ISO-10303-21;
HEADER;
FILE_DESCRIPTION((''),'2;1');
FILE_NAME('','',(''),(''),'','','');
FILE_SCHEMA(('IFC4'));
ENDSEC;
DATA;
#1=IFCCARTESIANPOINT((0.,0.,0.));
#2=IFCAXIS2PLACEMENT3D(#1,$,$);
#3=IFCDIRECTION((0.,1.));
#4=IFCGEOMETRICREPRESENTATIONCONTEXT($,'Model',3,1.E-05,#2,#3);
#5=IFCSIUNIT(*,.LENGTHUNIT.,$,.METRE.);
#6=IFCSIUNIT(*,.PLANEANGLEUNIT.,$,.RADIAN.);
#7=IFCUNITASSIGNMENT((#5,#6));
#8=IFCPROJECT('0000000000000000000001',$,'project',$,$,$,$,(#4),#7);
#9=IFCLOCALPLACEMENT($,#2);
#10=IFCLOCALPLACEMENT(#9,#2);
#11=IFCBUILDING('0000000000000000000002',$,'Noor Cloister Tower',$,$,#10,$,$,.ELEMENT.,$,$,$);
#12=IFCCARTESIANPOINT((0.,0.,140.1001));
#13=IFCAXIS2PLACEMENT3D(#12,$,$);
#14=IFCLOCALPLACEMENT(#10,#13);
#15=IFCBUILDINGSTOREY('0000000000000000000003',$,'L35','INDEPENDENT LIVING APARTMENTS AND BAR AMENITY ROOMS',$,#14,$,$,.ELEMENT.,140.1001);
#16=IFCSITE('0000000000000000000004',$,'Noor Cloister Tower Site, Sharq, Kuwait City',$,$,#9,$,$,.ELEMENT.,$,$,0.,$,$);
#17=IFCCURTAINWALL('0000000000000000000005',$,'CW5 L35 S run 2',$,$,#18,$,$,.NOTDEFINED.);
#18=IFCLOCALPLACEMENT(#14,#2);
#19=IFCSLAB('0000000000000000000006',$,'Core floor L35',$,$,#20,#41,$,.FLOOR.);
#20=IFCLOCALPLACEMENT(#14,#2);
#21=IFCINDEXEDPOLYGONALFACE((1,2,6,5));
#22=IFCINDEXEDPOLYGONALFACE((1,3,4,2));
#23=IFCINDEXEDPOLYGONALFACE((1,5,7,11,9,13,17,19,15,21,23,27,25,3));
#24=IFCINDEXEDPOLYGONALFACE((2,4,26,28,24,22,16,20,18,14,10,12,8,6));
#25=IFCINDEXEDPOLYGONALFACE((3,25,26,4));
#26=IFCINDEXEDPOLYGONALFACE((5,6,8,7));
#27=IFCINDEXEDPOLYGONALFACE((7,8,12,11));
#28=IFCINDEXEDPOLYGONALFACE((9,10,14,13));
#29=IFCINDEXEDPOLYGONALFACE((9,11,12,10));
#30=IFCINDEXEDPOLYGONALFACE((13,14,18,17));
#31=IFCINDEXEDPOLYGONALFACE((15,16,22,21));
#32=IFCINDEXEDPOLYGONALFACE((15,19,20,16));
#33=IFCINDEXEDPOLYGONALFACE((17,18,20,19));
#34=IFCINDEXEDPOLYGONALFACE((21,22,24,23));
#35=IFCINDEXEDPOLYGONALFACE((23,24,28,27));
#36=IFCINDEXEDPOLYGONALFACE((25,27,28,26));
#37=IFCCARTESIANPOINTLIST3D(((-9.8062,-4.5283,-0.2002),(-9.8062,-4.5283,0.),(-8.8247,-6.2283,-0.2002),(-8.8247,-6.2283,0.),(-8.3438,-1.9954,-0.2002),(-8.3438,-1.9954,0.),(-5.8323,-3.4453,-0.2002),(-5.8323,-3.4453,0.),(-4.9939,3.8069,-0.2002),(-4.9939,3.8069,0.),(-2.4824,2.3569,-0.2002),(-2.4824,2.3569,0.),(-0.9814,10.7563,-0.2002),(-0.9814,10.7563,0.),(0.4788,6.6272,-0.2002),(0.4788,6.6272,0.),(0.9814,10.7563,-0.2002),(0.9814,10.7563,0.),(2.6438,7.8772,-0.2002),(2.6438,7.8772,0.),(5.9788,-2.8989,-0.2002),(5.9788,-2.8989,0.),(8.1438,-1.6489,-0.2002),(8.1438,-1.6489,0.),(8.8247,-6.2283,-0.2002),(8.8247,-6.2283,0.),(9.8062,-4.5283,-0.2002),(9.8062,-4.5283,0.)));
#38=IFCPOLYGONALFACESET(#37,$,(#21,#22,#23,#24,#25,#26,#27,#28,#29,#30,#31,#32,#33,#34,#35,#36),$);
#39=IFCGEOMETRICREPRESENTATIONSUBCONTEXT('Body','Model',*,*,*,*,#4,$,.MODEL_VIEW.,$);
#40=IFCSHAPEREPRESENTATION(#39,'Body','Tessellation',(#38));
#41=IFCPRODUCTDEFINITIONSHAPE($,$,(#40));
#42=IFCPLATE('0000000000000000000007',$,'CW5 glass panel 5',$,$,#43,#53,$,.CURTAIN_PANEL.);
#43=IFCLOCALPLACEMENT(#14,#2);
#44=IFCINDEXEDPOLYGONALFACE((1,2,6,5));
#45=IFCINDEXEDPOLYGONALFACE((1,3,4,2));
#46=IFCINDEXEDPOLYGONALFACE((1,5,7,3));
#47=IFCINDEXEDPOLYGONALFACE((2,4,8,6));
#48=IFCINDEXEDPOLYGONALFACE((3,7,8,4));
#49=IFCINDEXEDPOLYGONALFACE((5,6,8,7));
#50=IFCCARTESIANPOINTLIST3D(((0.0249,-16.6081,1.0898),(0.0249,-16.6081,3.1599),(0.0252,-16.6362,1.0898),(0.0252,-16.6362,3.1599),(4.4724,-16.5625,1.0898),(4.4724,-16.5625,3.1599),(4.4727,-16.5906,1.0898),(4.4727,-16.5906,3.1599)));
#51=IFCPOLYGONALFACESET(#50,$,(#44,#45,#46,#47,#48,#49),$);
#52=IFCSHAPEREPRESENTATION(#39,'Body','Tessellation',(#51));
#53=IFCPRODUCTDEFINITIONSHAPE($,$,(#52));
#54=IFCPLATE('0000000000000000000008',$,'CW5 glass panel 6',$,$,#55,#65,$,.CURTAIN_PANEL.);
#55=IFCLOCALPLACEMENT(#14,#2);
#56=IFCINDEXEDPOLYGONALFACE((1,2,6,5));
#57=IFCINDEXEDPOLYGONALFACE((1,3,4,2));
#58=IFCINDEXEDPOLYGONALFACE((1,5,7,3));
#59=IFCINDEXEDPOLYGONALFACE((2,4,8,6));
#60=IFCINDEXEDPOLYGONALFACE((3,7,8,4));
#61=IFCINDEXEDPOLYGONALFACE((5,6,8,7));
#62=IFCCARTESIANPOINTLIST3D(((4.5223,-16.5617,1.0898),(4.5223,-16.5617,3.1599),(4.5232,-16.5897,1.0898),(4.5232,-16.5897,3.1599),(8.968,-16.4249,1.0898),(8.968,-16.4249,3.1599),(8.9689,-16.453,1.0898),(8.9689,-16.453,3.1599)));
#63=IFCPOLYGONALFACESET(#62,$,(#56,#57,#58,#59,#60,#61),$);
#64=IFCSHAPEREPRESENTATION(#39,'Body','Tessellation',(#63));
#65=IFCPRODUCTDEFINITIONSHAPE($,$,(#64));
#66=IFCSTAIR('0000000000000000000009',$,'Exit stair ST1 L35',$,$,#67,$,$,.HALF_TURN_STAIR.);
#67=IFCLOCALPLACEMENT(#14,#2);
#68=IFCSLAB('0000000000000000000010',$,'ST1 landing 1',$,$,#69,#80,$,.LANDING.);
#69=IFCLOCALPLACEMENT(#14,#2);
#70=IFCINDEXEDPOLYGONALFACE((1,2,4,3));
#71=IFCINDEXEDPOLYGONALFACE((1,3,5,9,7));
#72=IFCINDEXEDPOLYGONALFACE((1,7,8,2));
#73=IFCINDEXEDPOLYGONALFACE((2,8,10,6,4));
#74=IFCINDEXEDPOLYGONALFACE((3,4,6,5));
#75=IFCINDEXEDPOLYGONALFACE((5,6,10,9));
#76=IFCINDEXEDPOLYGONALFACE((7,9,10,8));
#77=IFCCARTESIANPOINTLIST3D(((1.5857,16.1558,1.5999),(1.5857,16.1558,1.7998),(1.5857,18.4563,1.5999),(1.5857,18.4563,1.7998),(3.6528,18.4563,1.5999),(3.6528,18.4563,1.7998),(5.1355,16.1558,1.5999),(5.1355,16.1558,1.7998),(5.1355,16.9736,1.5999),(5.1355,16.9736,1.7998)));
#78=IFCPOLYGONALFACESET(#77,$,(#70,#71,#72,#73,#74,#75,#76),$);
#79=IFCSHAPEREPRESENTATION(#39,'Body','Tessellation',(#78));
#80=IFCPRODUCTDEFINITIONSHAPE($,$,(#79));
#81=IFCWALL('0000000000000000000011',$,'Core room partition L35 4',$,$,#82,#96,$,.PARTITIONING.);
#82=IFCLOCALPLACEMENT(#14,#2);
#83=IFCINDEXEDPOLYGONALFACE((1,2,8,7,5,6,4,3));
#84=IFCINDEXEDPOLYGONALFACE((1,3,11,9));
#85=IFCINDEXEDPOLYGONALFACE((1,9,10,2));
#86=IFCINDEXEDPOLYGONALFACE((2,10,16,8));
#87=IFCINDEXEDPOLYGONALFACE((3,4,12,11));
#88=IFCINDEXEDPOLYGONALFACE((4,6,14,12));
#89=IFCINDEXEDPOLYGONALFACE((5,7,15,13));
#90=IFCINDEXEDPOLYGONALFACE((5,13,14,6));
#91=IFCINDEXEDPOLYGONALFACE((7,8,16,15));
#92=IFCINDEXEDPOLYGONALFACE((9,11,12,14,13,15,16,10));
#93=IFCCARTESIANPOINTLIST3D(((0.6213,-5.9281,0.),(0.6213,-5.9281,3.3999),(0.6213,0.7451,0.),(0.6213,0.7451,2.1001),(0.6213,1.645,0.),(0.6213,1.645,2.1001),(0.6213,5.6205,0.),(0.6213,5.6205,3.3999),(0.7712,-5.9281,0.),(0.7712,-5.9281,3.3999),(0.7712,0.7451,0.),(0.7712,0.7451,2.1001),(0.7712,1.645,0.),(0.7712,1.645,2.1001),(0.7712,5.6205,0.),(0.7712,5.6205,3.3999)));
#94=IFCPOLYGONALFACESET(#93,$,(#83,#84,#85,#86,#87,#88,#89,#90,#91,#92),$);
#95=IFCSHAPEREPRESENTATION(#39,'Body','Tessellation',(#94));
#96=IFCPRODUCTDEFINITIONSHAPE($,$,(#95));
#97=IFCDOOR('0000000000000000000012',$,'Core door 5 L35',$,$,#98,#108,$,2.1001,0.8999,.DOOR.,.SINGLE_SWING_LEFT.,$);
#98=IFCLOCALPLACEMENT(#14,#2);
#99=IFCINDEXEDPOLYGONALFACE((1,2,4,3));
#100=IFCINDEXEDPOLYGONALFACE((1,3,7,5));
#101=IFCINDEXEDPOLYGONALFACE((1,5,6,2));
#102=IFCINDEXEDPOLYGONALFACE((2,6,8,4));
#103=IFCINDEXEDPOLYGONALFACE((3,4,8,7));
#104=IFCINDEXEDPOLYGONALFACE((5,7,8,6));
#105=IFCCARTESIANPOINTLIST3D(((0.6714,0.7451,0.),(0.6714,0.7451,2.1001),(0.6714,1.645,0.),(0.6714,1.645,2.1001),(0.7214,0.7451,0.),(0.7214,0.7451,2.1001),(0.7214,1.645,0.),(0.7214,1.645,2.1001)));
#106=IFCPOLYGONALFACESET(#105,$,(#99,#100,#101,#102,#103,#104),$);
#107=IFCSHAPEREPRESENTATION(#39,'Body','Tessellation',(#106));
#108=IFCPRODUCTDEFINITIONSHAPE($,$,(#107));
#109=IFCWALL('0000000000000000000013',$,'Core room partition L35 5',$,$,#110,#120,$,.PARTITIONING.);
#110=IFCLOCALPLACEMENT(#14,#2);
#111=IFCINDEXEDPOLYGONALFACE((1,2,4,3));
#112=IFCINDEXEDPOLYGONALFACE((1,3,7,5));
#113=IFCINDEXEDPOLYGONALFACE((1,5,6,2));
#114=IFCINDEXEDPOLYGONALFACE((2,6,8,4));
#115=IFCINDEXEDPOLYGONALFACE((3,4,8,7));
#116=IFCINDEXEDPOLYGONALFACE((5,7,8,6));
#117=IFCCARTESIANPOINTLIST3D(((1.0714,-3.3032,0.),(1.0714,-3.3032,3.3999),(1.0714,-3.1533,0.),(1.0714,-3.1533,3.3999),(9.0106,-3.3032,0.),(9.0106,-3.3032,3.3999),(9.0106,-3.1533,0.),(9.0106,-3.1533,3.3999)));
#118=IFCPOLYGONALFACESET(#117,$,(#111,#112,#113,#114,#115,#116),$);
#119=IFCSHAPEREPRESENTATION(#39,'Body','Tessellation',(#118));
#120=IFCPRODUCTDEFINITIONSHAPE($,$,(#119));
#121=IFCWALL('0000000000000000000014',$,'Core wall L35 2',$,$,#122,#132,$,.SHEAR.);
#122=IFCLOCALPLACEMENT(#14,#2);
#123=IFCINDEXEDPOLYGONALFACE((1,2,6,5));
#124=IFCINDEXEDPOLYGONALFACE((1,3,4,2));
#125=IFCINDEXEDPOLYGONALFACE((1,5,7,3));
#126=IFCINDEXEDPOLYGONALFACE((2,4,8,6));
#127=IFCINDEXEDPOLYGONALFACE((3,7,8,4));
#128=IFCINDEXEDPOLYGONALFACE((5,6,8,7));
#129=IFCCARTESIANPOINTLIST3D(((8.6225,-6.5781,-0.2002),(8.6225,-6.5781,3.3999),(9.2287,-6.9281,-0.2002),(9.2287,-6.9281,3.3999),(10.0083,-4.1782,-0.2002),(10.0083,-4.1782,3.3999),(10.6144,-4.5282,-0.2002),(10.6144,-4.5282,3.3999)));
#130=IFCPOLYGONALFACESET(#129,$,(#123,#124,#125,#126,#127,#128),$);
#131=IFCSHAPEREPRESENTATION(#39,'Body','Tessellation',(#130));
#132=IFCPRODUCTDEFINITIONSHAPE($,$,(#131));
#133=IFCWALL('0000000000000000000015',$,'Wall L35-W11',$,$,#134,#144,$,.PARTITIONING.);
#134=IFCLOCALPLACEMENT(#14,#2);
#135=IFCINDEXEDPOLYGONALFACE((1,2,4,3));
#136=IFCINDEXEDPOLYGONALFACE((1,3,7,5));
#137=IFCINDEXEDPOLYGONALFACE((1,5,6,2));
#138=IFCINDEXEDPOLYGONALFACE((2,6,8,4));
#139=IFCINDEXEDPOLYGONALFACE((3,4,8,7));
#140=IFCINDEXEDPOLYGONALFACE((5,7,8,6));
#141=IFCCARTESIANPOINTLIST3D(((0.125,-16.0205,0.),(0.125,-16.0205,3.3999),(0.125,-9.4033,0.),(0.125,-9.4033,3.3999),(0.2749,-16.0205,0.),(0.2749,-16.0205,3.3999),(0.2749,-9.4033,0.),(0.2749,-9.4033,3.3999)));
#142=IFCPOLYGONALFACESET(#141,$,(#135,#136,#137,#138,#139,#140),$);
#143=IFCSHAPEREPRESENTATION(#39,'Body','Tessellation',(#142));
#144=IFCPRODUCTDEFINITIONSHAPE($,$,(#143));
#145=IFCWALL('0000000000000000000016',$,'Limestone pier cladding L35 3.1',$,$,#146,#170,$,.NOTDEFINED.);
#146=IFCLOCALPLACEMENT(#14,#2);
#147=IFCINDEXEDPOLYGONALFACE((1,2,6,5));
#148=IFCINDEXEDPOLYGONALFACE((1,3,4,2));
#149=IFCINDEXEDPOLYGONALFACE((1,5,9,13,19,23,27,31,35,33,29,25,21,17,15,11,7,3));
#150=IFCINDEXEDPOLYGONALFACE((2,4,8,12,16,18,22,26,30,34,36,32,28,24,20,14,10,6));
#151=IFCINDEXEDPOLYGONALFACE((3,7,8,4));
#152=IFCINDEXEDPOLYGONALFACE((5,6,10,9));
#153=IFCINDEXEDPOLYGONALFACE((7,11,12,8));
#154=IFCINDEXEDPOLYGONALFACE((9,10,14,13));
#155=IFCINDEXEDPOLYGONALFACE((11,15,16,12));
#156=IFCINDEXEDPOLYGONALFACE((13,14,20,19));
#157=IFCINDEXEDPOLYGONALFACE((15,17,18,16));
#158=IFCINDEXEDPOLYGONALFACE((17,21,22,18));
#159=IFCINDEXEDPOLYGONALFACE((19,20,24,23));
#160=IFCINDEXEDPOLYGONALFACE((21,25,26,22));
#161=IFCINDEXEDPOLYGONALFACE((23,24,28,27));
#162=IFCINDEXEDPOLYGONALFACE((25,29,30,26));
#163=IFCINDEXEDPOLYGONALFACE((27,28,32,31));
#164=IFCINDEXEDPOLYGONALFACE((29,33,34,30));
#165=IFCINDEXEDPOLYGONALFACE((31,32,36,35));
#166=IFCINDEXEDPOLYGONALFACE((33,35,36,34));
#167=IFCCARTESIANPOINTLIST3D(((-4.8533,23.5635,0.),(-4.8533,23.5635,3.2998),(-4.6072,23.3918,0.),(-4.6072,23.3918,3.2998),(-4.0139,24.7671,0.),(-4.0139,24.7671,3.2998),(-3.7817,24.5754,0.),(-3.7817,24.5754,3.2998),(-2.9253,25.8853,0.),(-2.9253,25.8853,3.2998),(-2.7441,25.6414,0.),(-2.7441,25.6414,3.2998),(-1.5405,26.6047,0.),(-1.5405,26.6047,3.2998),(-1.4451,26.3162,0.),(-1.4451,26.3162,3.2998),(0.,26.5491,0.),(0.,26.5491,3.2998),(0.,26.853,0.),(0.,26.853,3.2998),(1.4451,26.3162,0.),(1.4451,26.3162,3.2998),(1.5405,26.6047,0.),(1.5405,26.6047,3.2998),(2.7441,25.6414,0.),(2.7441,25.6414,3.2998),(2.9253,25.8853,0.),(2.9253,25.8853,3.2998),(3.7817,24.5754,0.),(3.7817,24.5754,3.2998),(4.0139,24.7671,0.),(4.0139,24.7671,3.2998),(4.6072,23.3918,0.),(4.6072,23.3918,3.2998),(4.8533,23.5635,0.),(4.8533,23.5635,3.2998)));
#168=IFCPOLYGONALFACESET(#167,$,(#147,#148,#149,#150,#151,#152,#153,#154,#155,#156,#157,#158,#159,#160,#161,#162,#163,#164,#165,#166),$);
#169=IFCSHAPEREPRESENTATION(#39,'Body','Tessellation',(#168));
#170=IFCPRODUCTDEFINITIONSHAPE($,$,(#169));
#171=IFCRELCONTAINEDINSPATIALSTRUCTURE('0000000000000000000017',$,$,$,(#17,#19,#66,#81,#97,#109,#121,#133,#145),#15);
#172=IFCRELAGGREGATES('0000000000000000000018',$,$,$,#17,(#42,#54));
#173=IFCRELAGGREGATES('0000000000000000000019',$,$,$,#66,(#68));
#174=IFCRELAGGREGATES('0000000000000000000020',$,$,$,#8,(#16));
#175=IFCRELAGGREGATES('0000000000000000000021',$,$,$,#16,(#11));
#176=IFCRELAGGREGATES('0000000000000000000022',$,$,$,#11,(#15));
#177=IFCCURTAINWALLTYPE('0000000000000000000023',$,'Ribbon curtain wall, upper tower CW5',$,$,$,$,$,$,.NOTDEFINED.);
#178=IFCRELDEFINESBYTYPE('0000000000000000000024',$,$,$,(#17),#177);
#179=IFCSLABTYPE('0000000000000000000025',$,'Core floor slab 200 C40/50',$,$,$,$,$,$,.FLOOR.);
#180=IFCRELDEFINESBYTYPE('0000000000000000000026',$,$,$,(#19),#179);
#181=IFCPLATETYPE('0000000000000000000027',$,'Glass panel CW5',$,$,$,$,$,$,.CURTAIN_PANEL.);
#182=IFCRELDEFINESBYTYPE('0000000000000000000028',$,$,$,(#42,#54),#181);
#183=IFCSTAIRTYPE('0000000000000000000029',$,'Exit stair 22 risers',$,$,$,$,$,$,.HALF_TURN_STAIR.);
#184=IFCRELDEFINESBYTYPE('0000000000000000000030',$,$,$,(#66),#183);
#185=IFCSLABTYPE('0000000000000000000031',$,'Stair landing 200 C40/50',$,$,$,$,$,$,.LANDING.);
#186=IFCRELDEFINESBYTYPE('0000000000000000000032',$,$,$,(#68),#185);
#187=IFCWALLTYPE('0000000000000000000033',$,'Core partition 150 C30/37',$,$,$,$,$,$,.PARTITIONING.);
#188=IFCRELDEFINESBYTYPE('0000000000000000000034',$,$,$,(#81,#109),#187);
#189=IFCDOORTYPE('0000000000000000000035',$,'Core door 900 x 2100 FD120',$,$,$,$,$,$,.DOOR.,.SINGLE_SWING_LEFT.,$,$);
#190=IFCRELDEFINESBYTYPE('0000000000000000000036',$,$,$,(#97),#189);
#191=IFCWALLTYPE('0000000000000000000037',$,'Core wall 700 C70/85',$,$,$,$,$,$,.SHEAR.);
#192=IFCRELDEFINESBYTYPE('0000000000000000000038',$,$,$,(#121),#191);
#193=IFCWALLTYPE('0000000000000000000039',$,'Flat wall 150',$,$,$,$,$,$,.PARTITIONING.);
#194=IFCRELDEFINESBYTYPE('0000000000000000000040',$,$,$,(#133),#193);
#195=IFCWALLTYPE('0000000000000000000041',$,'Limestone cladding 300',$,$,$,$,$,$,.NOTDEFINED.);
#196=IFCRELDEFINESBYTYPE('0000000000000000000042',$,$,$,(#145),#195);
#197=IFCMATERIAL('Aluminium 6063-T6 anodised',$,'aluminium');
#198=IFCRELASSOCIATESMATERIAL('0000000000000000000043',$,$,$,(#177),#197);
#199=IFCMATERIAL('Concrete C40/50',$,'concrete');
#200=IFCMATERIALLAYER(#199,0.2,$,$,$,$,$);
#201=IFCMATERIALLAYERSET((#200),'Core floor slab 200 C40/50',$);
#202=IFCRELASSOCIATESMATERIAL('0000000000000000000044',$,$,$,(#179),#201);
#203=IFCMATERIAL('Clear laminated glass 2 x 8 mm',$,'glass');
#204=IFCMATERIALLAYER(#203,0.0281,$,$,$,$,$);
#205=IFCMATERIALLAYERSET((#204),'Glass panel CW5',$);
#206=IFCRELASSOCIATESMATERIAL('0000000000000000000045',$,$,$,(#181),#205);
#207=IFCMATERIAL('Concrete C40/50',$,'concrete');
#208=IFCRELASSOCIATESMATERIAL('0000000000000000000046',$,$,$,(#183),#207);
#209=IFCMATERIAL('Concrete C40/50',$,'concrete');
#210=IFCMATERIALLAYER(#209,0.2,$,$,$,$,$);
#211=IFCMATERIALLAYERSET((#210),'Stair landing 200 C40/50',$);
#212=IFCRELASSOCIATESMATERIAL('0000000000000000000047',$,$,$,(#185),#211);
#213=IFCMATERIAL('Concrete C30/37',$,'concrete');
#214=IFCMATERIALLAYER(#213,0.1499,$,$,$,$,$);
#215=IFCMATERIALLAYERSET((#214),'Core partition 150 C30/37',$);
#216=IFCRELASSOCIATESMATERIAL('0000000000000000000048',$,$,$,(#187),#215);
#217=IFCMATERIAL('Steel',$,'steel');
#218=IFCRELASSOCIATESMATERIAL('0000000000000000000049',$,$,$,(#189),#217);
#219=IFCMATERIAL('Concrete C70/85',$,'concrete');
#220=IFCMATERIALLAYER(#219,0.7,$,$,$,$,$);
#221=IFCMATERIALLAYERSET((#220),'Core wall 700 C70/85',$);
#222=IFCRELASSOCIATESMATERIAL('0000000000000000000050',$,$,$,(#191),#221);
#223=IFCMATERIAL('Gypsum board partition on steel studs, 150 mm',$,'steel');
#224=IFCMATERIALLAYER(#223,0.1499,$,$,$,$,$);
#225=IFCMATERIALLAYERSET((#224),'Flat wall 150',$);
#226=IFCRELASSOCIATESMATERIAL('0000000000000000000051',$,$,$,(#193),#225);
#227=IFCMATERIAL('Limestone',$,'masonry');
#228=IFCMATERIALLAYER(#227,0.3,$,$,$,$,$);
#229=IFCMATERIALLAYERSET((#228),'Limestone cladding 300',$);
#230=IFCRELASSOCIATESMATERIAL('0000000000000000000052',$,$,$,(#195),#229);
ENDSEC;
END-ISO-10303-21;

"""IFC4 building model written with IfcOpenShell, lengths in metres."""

from ifc_helpers import new_model, si_unit, direction, frame, frame_2d, origin, origin_2d, place, context, subcontext, project, spatial, polyline, rectangle, outline, extrude, material, layer, layer_set, type_object, element, fill, aggregate, save


model = new_model("IFC4")

# Units and contexts
model_context = context("Model", 3, precision=1e-05, world=origin(), true_north=direction((0.0, 1.0)))
body_context = subcontext(model_context, "Body", "Model", "MODEL_VIEW")
ifc_project = project(units=[si_unit("LENGTHUNIT", "METRE"), si_unit("PLANEANGLEUNIT", "RADIAN")], contexts=[model_context])

# Site, building, storey
site_placement = place(None, origin())
site = spatial("IfcSite", under=ifc_project, at=site_placement, Name="Noor Cloister Tower Site, Sharq, Kuwait City", CompositionType="ELEMENT", RefElevation=0.0)
building_placement = place(site_placement, origin())
building = spatial("IfcBuilding", under=site, at=building_placement, Name="Noor Cloister Tower", CompositionType="ELEMENT")
storey_placement = place(building_placement, frame((0.0, 0.0, 140.1001)))
storey = spatial("IfcBuildingStorey", under=building, at=storey_placement, Name="L35", Description="INDEPENDENT LIVING APARTMENTS AND BAR AMENITY ROOMS", CompositionType="ELEMENT", Elevation=140.1001)

# Curtain wall
ifc_material_1 = material(Name="Aluminium 6063-T6 anodised", Category="aluminium")
curtain_wall_type = type_object("IfcCurtainWallType", Name="Ribbon curtain wall, upper tower CW5", PredefinedType="NOTDEFINED", material=ifc_material_1)
curtain_wall_placement = place(storey_placement, origin())
curtain_wall = element("IfcCurtainWall", 1, at=curtain_wall_placement, inside=storey, type_object=curtain_wall_type, Name="CW5 L35 S run 2", PredefinedType="NOTDEFINED")

# Slab
ifc_material_2 = material(Name="Concrete C40/50", Category="concrete")
ifc_layer_1 = layer(ifc_material_2, 0.2)
ifc_layer_set_1 = layer_set([ifc_layer_1], Name="Core floor slab 200 C40/50")
slab_type_1 = type_object("IfcSlabType", Name="Core floor slab 200 C40/50", PredefinedType="FLOOR", material=ifc_layer_set_1)
slab_1_placement = place(storey_placement, frame((0.0, 0.0, -0.2002)))
element("IfcSlab", 2, at=slab_1_placement, inside=storey, type_object=slab_type_1, Name="Core floor L35", PredefinedType="FLOOR", context=body_context, shape_type="SweptSolid", body=[
    extrude(outline(polyline([(2.6438, 7.8772), (0.9814, 10.7563), (-0.9814, 10.7563), (-4.9939, 3.8069), (-2.4824, 2.3569), (-5.8323, -3.4453), (-8.3438, -1.9954), (-9.8062, -4.5283), (-8.8247, -6.2283), (8.8247, -6.2283), (9.8062, -4.5283), (8.1438, -1.6489), (5.9788, -2.8989), (0.4788, 6.6272), (2.6438, 7.8772)])), origin(), (0.0, 0.0, 1.0), 0.2002),
])

# Plates
ifc_material_3 = material(Name="Clear laminated glass 2 x 8 mm", Category="glass")
ifc_layer_2 = layer(ifc_material_3, 0.0281)
ifc_layer_set_2 = layer_set([ifc_layer_2], Name="Glass panel CW5")
plate_type = type_object("IfcPlateType", Name="Glass panel CW5", PredefinedType="CURTAIN_PANEL", material=ifc_layer_set_2)
plate_1_placement = place(storey_placement, frame((2.2488, -16.5994, 1.0898), z_axis=(0.0, 0.0, 1.0), x_axis=(0.999947, 0.010252, 0.0)))
plate_1 = element("IfcPlate", 3, at=plate_1_placement, type_object=plate_type, Name="CW5 glass panel 5", PredefinedType="CURTAIN_PANEL", context=body_context, shape_type="SweptSolid", body=[
    extrude(rectangle(XDim=4.4478, YDim=0.0281, at=origin_2d()), origin(), (0.0, 0.0, 1.0), 2.0701),
])
plate_2_placement = place(storey_placement, frame((6.7456, -16.5073, 1.0898), z_axis=(0.0, 0.0, 1.0), x_axis=(0.999527, 0.03075, 0.0)))
plate_2 = element("IfcPlate", 4, at=plate_2_placement, type_object=plate_type, Name="CW5 glass panel 6", PredefinedType="CURTAIN_PANEL", context=body_context, shape_type="SweptSolid", body=[
    extrude(rectangle(XDim=4.4478, YDim=0.0281, at=origin_2d()), origin(), (0.0, 0.0, 1.0), 2.0701),
])
aggregate(curtain_wall, [plate_1, plate_2])

# Stair, slab
ifc_material_4 = material(Name="Concrete C40/50", Category="concrete")
stair_type = type_object("IfcStairType", Name="Exit stair 22 risers", PredefinedType="HALF_TURN_STAIR", material=ifc_material_4)
stair_placement = place(storey_placement, origin())
stair = element("IfcStair", 5, at=stair_placement, inside=storey, type_object=stair_type, Name="Exit stair ST1 L35", PredefinedType="HALF_TURN_STAIR")
ifc_material_5 = material(Name="Concrete C40/50", Category="concrete")
ifc_layer_3 = layer(ifc_material_5, 0.2)
ifc_layer_set_3 = layer_set([ifc_layer_3], Name="Stair landing 200 C40/50")
slab_type_2 = type_object("IfcSlabType", Name="Stair landing 200 C40/50", PredefinedType="LANDING", material=ifc_layer_set_3)
slab_2_placement = place(storey_placement, frame((0.0, 0.0, 1.5999)))
slab_2 = element("IfcSlab", 6, at=slab_2_placement, type_object=slab_type_2, Name="ST1 landing 1", PredefinedType="LANDING", context=body_context, shape_type="SweptSolid", body=[
    extrude(outline(polyline([(5.1355, 16.1558), (5.1355, 16.9736), (3.6528, 18.4563), (1.5857, 18.4563), (1.5857, 16.1558), (5.1355, 16.1558)])), origin(), (0.0, 0.0, 1.0), 0.2),
])
aggregate(stair, [slab_2])

# Wall, opening, door
ifc_material_6 = material(Name="Concrete C30/37", Category="concrete")
ifc_layer_4 = layer(ifc_material_6, 0.1499)
ifc_layer_set_4 = layer_set([ifc_layer_4], Name="Core partition 150 C30/37")
wall_type_1 = type_object("IfcWallType", Name="Core partition 150 C30/37", PredefinedType="PARTITIONING", material=ifc_layer_set_4)
wall_1_placement = place(storey_placement, frame((0.6963, -5.9282, 0.0), z_axis=(0.0, 0.0, 1.0), x_axis=(0.0, 1.0, 0.0)))
wall_1 = element("IfcWall", 7, at=wall_1_placement, inside=storey, type_object=wall_type_1, Name="Core room partition L35 4", PredefinedType="PARTITIONING", context=body_context, shape_type="SweptSolid", body=[
    extrude(rectangle(XDim=11.5486, YDim=0.1499, at=frame_2d((5.7744, 0.0))), origin(), (0.0, 0.0, 1.0), 3.3999),
])
opening_1_placement = place(wall_1_placement, frame((6.6733, 0.0, 0.0)))
opening_1 = element("IfcOpeningElement", 8, at=opening_1_placement, cuts=wall_1, PredefinedType="OPENING", context=body_context, shape_type="SweptSolid", body=[
    extrude(rectangle(XDim=0.8999, YDim=2.1001, at=frame_2d((0.45, 1.05))), frame((0.0, 0.085, 0.0), z_axis=(0.0, -1.0, 0.0), x_axis=(1.0, 0.0, 0.0)), (0.0, 0.0, 1.0), 0.1699),
])
ifc_material_7 = material(Name="Steel", Category="steel")
door_type_1 = type_object("IfcDoorType", Name="Core door 900 x 2100 FD120", OperationType="SINGLE_SWING_LEFT", PredefinedType="DOOR", material=ifc_material_7)
door_1_placement = place(opening_1_placement, origin())
door_1 = element("IfcDoor", 9, at=door_1_placement, inside=storey, type_object=door_type_1, Name="Core door 5 L35", OperationType="SINGLE_SWING_LEFT", OverallHeight=2.1001, OverallWidth=0.8999, PredefinedType="DOOR", context=body_context, shape_type="SweptSolid", body=[
    extrude(rectangle(XDim=0.8999, YDim=2.1001, at=frame_2d((0.45, 1.05))), frame((0.0, 0.0249, 0.0), z_axis=(0.0, -1.0, 0.0), x_axis=(1.0, 0.0, 0.0)), (0.0, 0.0, 1.0), 0.05),
])
fill(opening_1, door_1)

# Walls
wall_2_placement = place(storey_placement, frame((1.0713, -3.2283, 0.0), z_axis=(0.0, 0.0, 1.0), x_axis=(1.0, 0.0, 0.0)))
element("IfcWall", 10, at=wall_2_placement, inside=storey, type_object=wall_type_1, Name="Core room partition L35 5", PredefinedType="PARTITIONING", context=body_context, shape_type="SweptSolid", body=[
    extrude(rectangle(XDim=7.9392, YDim=0.1499, at=frame_2d((3.9697, 0.0))), origin(), (0.0, 0.0, 1.0), 3.3999),
])
ifc_material_8 = material(Name="Concrete C70/85", Category="concrete")
ifc_layer_5 = layer(ifc_material_8, 0.7)
ifc_layer_set_5 = layer_set([ifc_layer_5], Name="Core wall 700 C70/85")
wall_type_2 = type_object("IfcWallType", Name="Core wall 700 C70/85", PredefinedType="SHEAR", material=ifc_layer_set_5)
wall_3_placement = place(storey_placement, frame((8.9255, -6.7532, -0.2002), z_axis=(0.0, 0.0, 1.0), x_axis=(0.500043, 0.866001, 0.0)))
element("IfcWall", 11, at=wall_3_placement, inside=storey, type_object=wall_type_2, Name="Core wall L35 2", PredefinedType="SHEAR", context=body_context, shape_type="SweptSolid", body=[
    extrude(rectangle(XDim=2.7712, YDim=0.7, at=frame_2d((1.3857, 0.0))), origin(), (0.0, 0.0, 1.0), 3.6001),
])
ifc_material_9 = material(Name="Gypsum board partition on steel studs, 150 mm", Category="steel")
ifc_layer_6 = layer(ifc_material_9, 0.1499)
ifc_layer_set_6 = layer_set([ifc_layer_6], Name="Flat wall 150")
wall_type_3 = type_object("IfcWallType", Name="Flat wall 150", PredefinedType="PARTITIONING", material=ifc_layer_set_6)
wall_4_placement = place(storey_placement, frame((0.2, -16.0205, 0.0), z_axis=(0.0, 0.0, 1.0), x_axis=(0.0, 1.0, 0.0)))
element("IfcWall", 12, at=wall_4_placement, inside=storey, type_object=wall_type_3, Name="Wall L35-W11", PredefinedType="PARTITIONING", context=body_context, shape_type="SweptSolid", body=[
    extrude(rectangle(XDim=6.6172, YDim=0.1499, at=frame_2d((3.3086, 0.0))), origin(), (0.0, 0.0, 1.0), 3.3999),
])
ifc_material_10 = material(Name="Limestone", Category="masonry")
ifc_layer_7 = layer(ifc_material_10, 0.3)
ifc_layer_set_7 = layer_set([ifc_layer_7], Name="Limestone cladding 300")
wall_type_4 = type_object("IfcWallType", Name="Limestone cladding 300", PredefinedType="NOTDEFINED", material=ifc_layer_set_7)
wall_5_placement = place(storey_placement, origin())
element("IfcWall", 13, at=wall_5_placement, inside=storey, type_object=wall_type_4, Name="Limestone pier cladding L35 3.1", PredefinedType="NOTDEFINED", context=body_context, shape_type="SweptSolid", body=[
    extrude(outline(polyline([(4.8533, 23.5635), (4.0139, 24.7671), (2.9253, 25.8853), (1.5405, 26.6047), (0.0, 26.853), (-1.5405, 26.6047), (-2.9253, 25.8853), (-4.0139, 24.7671), (-4.8533, 23.5635), (-4.6072, 23.3918), (-3.7817, 24.5754), (-2.7441, 25.6414), (-1.4451, 26.3162), (0.0, 26.5491), (1.4451, 26.3162), (2.7441, 25.6414), (3.7817, 24.5754), (4.6072, 23.3918), (4.8533, 23.5635)])), origin(), (0.0, 0.0, 1.0), 3.2998),
])

save(model, "model.ifc")
